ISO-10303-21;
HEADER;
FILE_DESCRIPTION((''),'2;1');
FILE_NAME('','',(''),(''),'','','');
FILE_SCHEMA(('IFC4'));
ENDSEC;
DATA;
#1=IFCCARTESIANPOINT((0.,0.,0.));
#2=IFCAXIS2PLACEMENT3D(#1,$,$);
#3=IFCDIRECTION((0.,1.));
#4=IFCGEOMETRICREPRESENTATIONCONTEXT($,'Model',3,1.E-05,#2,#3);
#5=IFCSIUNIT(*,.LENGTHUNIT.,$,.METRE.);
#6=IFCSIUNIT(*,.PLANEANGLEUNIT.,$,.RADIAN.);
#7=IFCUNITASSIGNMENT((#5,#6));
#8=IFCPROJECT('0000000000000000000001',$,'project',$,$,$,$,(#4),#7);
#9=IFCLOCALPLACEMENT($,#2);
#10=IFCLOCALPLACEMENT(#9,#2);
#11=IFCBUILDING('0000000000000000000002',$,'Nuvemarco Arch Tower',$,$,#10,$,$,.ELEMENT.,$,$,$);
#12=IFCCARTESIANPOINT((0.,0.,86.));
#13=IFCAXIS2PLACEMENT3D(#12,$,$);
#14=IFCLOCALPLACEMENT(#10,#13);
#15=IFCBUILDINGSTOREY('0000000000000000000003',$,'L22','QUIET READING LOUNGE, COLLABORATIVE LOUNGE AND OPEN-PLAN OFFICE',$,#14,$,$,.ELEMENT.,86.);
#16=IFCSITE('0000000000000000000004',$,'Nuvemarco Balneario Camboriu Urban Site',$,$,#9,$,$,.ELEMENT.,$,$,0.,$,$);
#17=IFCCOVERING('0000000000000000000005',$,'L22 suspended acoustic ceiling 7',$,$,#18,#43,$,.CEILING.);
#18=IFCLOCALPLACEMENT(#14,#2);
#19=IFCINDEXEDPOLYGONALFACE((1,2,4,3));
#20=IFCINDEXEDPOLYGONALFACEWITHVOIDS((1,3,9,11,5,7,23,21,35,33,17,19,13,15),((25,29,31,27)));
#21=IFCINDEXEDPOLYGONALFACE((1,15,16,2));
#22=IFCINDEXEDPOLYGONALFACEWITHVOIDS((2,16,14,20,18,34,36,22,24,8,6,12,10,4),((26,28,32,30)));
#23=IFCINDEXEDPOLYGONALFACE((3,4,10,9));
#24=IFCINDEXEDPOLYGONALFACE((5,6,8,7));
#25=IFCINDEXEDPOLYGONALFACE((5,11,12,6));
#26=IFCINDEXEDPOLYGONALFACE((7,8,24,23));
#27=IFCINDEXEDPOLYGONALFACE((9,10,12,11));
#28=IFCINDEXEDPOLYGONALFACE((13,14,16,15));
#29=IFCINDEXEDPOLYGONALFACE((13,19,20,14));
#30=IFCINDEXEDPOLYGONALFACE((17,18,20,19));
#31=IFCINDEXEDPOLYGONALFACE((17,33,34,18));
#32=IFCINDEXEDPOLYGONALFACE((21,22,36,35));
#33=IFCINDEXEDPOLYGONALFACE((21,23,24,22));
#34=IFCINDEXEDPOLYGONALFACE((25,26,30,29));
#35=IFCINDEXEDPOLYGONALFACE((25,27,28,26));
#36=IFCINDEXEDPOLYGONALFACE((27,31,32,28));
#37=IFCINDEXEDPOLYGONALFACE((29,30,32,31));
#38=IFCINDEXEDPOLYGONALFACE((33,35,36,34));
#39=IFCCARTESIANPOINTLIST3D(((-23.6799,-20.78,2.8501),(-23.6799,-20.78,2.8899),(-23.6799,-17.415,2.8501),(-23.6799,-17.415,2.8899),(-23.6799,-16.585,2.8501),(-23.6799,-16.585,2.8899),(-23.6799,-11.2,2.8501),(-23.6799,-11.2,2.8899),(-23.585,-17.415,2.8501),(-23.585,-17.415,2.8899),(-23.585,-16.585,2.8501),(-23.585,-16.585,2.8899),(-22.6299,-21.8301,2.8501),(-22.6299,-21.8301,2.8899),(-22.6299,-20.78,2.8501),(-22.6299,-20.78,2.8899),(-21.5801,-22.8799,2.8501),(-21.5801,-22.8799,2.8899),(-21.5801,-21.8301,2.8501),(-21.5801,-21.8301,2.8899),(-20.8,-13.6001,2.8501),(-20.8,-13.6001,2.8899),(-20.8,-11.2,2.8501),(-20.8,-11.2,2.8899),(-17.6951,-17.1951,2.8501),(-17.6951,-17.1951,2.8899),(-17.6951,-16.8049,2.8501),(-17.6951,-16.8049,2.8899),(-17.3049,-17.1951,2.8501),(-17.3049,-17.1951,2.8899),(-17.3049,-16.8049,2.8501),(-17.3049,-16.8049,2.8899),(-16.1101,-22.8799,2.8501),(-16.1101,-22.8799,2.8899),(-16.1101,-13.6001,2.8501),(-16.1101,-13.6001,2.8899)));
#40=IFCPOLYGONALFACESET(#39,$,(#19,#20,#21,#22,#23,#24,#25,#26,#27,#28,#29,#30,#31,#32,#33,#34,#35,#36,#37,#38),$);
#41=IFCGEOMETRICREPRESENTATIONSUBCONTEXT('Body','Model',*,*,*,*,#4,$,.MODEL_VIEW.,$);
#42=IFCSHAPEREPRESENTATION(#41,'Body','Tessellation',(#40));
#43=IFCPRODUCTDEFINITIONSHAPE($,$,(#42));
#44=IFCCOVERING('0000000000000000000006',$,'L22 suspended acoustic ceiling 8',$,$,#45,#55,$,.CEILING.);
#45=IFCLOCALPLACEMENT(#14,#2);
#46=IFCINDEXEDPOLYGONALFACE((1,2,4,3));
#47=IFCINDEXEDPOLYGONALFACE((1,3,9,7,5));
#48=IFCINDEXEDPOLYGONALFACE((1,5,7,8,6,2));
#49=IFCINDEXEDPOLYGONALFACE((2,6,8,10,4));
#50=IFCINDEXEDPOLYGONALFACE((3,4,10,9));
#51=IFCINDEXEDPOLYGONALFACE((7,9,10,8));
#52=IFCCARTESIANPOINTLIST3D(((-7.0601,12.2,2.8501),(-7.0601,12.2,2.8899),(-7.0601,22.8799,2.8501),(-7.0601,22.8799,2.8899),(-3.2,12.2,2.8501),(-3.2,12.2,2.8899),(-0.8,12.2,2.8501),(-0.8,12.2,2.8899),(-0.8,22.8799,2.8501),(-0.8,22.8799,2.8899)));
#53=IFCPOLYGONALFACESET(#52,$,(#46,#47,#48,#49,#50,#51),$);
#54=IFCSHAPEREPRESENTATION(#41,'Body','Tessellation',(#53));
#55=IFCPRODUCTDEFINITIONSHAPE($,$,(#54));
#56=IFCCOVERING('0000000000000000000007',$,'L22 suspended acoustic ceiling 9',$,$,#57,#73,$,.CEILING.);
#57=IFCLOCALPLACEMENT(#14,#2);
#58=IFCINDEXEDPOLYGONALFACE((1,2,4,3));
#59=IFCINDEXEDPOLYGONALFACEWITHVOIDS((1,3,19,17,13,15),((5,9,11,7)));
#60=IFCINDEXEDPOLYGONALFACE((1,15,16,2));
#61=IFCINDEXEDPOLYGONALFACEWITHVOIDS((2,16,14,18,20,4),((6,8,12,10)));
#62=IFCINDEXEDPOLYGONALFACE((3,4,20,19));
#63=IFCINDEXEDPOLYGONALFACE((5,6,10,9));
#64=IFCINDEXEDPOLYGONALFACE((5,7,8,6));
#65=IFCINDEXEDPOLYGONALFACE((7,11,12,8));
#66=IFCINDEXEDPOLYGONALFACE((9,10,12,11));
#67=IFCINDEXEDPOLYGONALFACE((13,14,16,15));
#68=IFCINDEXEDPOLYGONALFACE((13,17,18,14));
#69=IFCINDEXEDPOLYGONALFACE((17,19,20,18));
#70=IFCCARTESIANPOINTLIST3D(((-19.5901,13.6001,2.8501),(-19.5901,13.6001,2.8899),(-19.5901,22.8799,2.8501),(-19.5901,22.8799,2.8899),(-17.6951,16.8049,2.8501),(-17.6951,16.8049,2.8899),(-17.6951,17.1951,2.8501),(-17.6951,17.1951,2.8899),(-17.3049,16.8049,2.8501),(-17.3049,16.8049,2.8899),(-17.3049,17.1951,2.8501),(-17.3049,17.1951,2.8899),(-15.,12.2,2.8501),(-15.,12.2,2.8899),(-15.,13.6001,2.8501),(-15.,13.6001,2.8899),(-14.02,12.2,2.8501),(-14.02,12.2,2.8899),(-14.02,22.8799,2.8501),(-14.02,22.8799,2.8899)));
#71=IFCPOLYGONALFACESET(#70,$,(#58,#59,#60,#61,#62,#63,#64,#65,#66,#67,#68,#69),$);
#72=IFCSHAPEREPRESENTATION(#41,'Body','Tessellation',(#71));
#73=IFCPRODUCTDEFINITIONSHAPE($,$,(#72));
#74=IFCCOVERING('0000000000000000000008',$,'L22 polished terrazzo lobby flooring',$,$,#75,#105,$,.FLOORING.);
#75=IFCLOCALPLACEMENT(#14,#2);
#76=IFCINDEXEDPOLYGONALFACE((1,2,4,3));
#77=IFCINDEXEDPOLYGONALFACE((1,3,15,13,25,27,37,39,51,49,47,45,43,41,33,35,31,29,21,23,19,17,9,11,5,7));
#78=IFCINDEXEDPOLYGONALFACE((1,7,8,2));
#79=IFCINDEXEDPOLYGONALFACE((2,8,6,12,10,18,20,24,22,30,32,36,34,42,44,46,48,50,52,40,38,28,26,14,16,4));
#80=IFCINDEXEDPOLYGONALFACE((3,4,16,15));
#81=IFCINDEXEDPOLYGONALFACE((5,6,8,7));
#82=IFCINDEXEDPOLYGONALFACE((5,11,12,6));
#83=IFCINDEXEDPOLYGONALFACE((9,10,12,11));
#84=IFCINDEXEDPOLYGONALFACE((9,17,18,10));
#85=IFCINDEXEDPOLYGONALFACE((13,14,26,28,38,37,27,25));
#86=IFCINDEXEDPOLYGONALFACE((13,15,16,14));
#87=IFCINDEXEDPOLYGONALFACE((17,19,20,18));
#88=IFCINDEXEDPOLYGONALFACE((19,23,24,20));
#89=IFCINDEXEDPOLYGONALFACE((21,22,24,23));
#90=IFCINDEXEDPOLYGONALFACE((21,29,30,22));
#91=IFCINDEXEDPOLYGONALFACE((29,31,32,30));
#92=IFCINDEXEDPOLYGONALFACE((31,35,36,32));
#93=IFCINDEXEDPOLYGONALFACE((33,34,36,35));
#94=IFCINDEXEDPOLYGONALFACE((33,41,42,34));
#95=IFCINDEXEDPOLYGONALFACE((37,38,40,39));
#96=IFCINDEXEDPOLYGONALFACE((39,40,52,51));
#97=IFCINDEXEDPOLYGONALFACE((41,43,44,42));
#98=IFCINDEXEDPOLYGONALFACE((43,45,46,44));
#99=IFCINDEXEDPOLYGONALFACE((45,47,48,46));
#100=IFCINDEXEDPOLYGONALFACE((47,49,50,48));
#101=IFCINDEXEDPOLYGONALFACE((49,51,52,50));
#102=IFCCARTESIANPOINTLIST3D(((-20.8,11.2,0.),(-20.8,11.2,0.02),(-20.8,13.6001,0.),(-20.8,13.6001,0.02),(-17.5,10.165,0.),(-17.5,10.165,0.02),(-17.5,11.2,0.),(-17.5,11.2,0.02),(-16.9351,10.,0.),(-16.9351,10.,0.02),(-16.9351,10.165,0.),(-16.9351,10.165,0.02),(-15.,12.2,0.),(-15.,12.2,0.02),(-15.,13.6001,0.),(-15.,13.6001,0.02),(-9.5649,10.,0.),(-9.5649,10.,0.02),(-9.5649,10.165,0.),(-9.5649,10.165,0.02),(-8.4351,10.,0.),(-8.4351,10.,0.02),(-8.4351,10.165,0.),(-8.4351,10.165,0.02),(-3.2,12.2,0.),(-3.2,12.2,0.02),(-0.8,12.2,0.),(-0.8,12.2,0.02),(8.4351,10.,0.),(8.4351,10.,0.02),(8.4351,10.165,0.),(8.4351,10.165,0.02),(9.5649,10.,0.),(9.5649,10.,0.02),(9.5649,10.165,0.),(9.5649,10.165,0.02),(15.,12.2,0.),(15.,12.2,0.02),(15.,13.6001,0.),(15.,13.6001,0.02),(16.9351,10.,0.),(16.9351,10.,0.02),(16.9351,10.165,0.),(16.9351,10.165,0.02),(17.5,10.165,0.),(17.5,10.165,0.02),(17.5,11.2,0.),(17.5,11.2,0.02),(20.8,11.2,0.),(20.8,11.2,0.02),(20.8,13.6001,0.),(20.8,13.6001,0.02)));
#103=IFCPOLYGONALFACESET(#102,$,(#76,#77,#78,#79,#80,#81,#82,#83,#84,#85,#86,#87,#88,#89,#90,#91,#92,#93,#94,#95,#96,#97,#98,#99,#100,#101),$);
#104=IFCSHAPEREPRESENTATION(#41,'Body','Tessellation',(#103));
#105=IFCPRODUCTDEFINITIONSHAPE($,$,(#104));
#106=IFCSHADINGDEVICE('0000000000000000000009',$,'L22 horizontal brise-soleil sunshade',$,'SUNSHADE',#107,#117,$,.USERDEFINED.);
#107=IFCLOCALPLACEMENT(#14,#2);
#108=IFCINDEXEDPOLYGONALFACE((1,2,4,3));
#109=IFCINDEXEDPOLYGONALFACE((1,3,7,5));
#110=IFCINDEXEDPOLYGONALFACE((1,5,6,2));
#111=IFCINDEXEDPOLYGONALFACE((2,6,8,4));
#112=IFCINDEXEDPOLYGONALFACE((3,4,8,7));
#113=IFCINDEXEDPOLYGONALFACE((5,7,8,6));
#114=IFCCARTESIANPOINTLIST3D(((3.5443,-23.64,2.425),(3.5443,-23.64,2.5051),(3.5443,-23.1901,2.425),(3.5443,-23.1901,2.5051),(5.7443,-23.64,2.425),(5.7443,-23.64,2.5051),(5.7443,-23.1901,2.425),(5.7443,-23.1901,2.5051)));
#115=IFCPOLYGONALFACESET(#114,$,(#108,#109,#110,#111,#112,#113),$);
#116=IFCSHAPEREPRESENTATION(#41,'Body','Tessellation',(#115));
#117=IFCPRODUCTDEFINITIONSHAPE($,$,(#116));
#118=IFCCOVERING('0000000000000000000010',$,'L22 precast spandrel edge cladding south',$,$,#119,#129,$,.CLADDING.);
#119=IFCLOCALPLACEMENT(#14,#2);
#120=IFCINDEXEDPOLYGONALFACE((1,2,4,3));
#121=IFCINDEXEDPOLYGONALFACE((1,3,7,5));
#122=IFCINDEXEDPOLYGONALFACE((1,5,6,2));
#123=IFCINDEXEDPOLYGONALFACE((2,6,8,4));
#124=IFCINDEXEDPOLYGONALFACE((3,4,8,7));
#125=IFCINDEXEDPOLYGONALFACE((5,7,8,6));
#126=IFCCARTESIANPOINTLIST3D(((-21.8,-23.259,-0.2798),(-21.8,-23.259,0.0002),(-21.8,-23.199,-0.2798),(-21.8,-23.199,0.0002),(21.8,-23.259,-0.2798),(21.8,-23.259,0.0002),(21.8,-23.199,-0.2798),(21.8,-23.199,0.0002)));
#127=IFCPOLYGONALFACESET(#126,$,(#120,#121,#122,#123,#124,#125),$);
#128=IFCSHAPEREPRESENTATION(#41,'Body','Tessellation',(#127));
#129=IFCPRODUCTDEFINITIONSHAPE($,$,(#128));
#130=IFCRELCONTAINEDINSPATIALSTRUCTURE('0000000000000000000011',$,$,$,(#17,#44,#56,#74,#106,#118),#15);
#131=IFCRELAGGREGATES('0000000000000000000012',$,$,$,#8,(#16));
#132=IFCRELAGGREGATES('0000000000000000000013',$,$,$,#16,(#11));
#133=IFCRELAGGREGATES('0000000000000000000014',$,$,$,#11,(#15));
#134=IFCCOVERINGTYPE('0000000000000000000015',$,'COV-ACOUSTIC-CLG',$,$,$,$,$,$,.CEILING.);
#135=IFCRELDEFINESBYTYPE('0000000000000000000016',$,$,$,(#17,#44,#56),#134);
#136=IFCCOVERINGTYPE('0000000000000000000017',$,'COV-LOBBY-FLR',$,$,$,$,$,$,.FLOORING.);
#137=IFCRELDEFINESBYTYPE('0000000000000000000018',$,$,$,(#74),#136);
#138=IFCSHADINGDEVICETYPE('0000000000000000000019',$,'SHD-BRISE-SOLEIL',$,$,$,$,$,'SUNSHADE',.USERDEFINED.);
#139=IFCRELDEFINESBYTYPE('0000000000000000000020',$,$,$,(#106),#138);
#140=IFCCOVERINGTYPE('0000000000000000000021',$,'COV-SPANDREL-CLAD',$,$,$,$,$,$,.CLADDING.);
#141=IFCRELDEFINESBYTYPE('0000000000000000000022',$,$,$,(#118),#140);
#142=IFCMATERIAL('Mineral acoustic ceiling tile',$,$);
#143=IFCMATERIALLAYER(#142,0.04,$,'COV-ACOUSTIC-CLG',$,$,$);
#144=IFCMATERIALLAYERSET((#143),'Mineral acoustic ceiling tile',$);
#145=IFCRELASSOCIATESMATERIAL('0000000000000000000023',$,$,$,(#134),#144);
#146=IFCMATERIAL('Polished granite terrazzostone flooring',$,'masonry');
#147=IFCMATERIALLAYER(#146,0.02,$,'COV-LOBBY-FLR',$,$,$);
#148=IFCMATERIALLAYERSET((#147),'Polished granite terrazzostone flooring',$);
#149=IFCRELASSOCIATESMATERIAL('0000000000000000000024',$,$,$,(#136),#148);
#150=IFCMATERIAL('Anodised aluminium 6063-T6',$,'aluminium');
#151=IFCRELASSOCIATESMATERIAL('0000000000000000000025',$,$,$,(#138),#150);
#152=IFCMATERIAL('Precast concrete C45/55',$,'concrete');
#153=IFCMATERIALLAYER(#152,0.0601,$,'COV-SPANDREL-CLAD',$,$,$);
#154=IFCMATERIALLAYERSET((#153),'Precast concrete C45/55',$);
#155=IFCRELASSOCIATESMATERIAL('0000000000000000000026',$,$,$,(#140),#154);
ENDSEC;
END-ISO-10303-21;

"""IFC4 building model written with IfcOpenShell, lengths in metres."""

from ifc_helpers import new_model, si_unit, direction, frame, origin, origin_2d, place, context, subcontext, project, spatial, polyline, rectangle, outline, extrude, source, transform, mapped, material, layer, layer_set, type_object, type_shapes, element, save


model = new_model("IFC4")

# Units and contexts
model_context = context("Model", 3, precision=1e-05, world=origin(), true_north=direction((0.0, 1.0)))
body_context = subcontext(model_context, "Body", "Model", "MODEL_VIEW")
ifc_project = project(units=[si_unit("LENGTHUNIT", "METRE"), si_unit("PLANEANGLEUNIT", "RADIAN")], contexts=[model_context])

# Site, building, storey
site_placement = place(None, origin())
site = spatial("IfcSite", under=ifc_project, at=site_placement, Name="Nuvemarco Balneario Camboriu Urban Site", CompositionType="ELEMENT", RefElevation=0.0)
building_placement = place(site_placement, origin())
building = spatial("IfcBuilding", under=site, at=building_placement, Name="Nuvemarco Arch Tower", CompositionType="ELEMENT")
storey_placement = place(building_placement, frame((0.0, 0.0, 86.0)))
storey = spatial("IfcBuildingStorey", under=building, at=storey_placement, Name="L22", Description="QUIET READING LOUNGE, COLLABORATIVE LOUNGE AND OPEN-PLAN OFFICE", CompositionType="ELEMENT", Elevation=86.0)

# Shared definitions
ifc_material_1 = material(Name="Precast concrete C45/55", Category="concrete")

# Coverings
ifc_material_2 = material(Name="Mineral acoustic ceiling tile")
ifc_layer_1 = layer(ifc_material_2, 0.04, Name="COV-ACOUSTIC-CLG")
ifc_layer_set_1 = layer_set([ifc_layer_1], Name="Mineral acoustic ceiling tile")
covering_type_1 = type_object("IfcCoveringType", Name="COV-ACOUSTIC-CLG", PredefinedType="CEILING", material=ifc_layer_set_1)
covering_1_placement = place(storey_placement, frame((0.0, 0.0, 2.8501)))
element("IfcCovering", 1, at=covering_1_placement, inside=storey, type_object=covering_type_1, Name="L22 suspended acoustic ceiling 7", PredefinedType="CEILING", context=body_context, shape_type="SweptSolid", body=[
    extrude(outline(polyline([(-23.6799, -20.78), (-23.6799, -17.415), (-23.585, -17.415), (-23.585, -16.585), (-23.6799, -16.585), (-23.6799, -11.2), (-20.8, -11.2), (-20.8, -13.6001), (-16.1101, -13.6001), (-16.1101, -22.8799), (-21.5801, -22.8799), (-21.5801, -21.8301), (-22.6299, -21.8301), (-22.6299, -20.78), (-23.6799, -20.78)]), holes=[polyline([(-17.3049, -16.8049), (-17.6951, -16.8049), (-17.6951, -17.1951), (-17.3049, -17.1951), (-17.3049, -16.8049)])]), origin(), (0.0, 0.0, 1.0), 0.0398),
])
covering_2_placement = place(storey_placement, frame((0.0, 0.0, 2.8501)))
element("IfcCovering", 2, at=covering_2_placement, inside=storey, type_object=covering_type_1, Name="L22 suspended acoustic ceiling 8", PredefinedType="CEILING", context=body_context, shape_type="SweptSolid", body=[
    extrude(outline(polyline([(-0.8, 12.2), (-3.2, 12.2), (-7.0601, 12.2), (-7.0601, 22.8799), (-0.8, 22.8799), (-0.8, 12.2)])), origin(), (0.0, 0.0, 1.0), 0.0398),
])
covering_3_placement = place(storey_placement, frame((0.0, 0.0, 2.8501)))
element("IfcCovering", 3, at=covering_3_placement, inside=storey, type_object=covering_type_1, Name="L22 suspended acoustic ceiling 9", PredefinedType="CEILING", context=body_context, shape_type="SweptSolid", body=[
    extrude(outline(polyline([(-14.02, 22.8799), (-14.02, 12.2), (-15.0, 12.2), (-15.0, 13.6001), (-19.5901, 13.6001), (-19.5901, 22.8799), (-14.02, 22.8799)]), holes=[polyline([(-17.3049, 16.8049), (-17.3049, 17.1951), (-17.6951, 17.1951), (-17.6951, 16.8049), (-17.3049, 16.8049)])]), origin(), (0.0, 0.0, 1.0), 0.0398),
])
ifc_material_3 = material(Name="Polished granite terrazzostone flooring", Category="masonry")
ifc_layer_2 = layer(ifc_material_3, 0.02, Name="COV-LOBBY-FLR")
ifc_layer_set_2 = layer_set([ifc_layer_2], Name="Polished granite terrazzostone flooring")
covering_type_2 = type_object("IfcCoveringType", Name="COV-LOBBY-FLR", PredefinedType="FLOORING", material=ifc_layer_set_2)
covering_4_placement = place(storey_placement, origin())
element("IfcCovering", 4, at=covering_4_placement, inside=storey, type_object=covering_type_2, Name="L22 polished terrazzo lobby flooring", PredefinedType="FLOORING", context=body_context, shape_type="SweptSolid", body=[
    extrude(outline(polyline([(-8.4351, 10.165), (-9.5649, 10.165), (-9.5649, 10.0), (-16.9351, 10.0), (-16.9351, 10.165), (-17.5, 10.165), (-17.5, 11.2), (-20.8, 11.2), (-20.8, 13.6001), (-15.0, 13.6001), (-15.0, 12.2), (-3.2, 12.2), (-0.8, 12.2), (15.0, 12.2), (15.0, 13.6001), (20.8, 13.6001), (20.8, 11.2), (17.5, 11.2), (17.5, 10.165), (16.9351, 10.165), (16.9351, 10.0), (9.5649, 10.0), (9.5649, 10.165), (8.4351, 10.165), (8.4351, 10.0), (-8.4351, 10.0), (-8.4351, 10.165)])), origin(), (0.0, 0.0, 1.0), 0.02),
])

# Shading device
ifc_material_4 = material(Name="Anodised aluminium 6063-T6", Category="aluminium")
shading_device_type = type_object("IfcShadingDeviceType", Name="SHD-BRISE-SOLEIL", ElementType="SUNSHADE", PredefinedType="USERDEFINED", material=ifc_material_4)
shared_shape_1 = source(origin(), body_context, "Body", "SweptSolid", [
    extrude(rectangle(XDim=2.2, YDim=0.45, at=origin_2d()), origin(), (0.0, 0.0, 1.0), 0.0801),
])
type_shapes(shading_device_type, [shared_shape_1])
shading_device_placement = place(storey_placement, frame((4.6443, -23.415, 2.425), z_axis=(0.0, 0.0, 1.0), x_axis=(1.0, 0.0, 0.0)))
element("IfcShadingDevice", 5, at=shading_device_placement, inside=storey, type_object=shading_device_type, Name="L22 horizontal brise-soleil sunshade", ObjectType="SUNSHADE", PredefinedType="USERDEFINED", context=body_context, shape_type="MappedRepresentation", body=[
    mapped(shared_shape_1, transform((0.0, 0.0, 0.0), scale=1.0)),
])

# Covering
ifc_layer_3 = layer(ifc_material_1, 0.0601, Name="COV-SPANDREL-CLAD")
ifc_layer_set_3 = layer_set([ifc_layer_3], Name="Precast concrete C45/55")
covering_type_3 = type_object("IfcCoveringType", Name="COV-SPANDREL-CLAD", PredefinedType="CLADDING", material=ifc_layer_set_3)
shared_shape_2 = source(origin(), body_context, "Body", "SweptSolid", [
    extrude(rectangle(XDim=43.6001, YDim=0.0601, at=origin_2d()), origin(), (0.0, 0.0, 1.0), 0.28),
])
type_shapes(covering_type_3, [shared_shape_2])
covering_5_placement = place(storey_placement, frame((0.0, -23.229, -0.2798), z_axis=(0.0, 0.0, 1.0), x_axis=(1.0, 0.0, 0.0)))
element("IfcCovering", 6, at=covering_5_placement, inside=storey, type_object=covering_type_3, Name="L22 precast spandrel edge cladding south", PredefinedType="CLADDING", context=body_context, shape_type="MappedRepresentation", body=[
    mapped(shared_shape_2, transform((0.0, 0.0, 0.0), scale=1.0)),
])

save(model, "model.ifc")
